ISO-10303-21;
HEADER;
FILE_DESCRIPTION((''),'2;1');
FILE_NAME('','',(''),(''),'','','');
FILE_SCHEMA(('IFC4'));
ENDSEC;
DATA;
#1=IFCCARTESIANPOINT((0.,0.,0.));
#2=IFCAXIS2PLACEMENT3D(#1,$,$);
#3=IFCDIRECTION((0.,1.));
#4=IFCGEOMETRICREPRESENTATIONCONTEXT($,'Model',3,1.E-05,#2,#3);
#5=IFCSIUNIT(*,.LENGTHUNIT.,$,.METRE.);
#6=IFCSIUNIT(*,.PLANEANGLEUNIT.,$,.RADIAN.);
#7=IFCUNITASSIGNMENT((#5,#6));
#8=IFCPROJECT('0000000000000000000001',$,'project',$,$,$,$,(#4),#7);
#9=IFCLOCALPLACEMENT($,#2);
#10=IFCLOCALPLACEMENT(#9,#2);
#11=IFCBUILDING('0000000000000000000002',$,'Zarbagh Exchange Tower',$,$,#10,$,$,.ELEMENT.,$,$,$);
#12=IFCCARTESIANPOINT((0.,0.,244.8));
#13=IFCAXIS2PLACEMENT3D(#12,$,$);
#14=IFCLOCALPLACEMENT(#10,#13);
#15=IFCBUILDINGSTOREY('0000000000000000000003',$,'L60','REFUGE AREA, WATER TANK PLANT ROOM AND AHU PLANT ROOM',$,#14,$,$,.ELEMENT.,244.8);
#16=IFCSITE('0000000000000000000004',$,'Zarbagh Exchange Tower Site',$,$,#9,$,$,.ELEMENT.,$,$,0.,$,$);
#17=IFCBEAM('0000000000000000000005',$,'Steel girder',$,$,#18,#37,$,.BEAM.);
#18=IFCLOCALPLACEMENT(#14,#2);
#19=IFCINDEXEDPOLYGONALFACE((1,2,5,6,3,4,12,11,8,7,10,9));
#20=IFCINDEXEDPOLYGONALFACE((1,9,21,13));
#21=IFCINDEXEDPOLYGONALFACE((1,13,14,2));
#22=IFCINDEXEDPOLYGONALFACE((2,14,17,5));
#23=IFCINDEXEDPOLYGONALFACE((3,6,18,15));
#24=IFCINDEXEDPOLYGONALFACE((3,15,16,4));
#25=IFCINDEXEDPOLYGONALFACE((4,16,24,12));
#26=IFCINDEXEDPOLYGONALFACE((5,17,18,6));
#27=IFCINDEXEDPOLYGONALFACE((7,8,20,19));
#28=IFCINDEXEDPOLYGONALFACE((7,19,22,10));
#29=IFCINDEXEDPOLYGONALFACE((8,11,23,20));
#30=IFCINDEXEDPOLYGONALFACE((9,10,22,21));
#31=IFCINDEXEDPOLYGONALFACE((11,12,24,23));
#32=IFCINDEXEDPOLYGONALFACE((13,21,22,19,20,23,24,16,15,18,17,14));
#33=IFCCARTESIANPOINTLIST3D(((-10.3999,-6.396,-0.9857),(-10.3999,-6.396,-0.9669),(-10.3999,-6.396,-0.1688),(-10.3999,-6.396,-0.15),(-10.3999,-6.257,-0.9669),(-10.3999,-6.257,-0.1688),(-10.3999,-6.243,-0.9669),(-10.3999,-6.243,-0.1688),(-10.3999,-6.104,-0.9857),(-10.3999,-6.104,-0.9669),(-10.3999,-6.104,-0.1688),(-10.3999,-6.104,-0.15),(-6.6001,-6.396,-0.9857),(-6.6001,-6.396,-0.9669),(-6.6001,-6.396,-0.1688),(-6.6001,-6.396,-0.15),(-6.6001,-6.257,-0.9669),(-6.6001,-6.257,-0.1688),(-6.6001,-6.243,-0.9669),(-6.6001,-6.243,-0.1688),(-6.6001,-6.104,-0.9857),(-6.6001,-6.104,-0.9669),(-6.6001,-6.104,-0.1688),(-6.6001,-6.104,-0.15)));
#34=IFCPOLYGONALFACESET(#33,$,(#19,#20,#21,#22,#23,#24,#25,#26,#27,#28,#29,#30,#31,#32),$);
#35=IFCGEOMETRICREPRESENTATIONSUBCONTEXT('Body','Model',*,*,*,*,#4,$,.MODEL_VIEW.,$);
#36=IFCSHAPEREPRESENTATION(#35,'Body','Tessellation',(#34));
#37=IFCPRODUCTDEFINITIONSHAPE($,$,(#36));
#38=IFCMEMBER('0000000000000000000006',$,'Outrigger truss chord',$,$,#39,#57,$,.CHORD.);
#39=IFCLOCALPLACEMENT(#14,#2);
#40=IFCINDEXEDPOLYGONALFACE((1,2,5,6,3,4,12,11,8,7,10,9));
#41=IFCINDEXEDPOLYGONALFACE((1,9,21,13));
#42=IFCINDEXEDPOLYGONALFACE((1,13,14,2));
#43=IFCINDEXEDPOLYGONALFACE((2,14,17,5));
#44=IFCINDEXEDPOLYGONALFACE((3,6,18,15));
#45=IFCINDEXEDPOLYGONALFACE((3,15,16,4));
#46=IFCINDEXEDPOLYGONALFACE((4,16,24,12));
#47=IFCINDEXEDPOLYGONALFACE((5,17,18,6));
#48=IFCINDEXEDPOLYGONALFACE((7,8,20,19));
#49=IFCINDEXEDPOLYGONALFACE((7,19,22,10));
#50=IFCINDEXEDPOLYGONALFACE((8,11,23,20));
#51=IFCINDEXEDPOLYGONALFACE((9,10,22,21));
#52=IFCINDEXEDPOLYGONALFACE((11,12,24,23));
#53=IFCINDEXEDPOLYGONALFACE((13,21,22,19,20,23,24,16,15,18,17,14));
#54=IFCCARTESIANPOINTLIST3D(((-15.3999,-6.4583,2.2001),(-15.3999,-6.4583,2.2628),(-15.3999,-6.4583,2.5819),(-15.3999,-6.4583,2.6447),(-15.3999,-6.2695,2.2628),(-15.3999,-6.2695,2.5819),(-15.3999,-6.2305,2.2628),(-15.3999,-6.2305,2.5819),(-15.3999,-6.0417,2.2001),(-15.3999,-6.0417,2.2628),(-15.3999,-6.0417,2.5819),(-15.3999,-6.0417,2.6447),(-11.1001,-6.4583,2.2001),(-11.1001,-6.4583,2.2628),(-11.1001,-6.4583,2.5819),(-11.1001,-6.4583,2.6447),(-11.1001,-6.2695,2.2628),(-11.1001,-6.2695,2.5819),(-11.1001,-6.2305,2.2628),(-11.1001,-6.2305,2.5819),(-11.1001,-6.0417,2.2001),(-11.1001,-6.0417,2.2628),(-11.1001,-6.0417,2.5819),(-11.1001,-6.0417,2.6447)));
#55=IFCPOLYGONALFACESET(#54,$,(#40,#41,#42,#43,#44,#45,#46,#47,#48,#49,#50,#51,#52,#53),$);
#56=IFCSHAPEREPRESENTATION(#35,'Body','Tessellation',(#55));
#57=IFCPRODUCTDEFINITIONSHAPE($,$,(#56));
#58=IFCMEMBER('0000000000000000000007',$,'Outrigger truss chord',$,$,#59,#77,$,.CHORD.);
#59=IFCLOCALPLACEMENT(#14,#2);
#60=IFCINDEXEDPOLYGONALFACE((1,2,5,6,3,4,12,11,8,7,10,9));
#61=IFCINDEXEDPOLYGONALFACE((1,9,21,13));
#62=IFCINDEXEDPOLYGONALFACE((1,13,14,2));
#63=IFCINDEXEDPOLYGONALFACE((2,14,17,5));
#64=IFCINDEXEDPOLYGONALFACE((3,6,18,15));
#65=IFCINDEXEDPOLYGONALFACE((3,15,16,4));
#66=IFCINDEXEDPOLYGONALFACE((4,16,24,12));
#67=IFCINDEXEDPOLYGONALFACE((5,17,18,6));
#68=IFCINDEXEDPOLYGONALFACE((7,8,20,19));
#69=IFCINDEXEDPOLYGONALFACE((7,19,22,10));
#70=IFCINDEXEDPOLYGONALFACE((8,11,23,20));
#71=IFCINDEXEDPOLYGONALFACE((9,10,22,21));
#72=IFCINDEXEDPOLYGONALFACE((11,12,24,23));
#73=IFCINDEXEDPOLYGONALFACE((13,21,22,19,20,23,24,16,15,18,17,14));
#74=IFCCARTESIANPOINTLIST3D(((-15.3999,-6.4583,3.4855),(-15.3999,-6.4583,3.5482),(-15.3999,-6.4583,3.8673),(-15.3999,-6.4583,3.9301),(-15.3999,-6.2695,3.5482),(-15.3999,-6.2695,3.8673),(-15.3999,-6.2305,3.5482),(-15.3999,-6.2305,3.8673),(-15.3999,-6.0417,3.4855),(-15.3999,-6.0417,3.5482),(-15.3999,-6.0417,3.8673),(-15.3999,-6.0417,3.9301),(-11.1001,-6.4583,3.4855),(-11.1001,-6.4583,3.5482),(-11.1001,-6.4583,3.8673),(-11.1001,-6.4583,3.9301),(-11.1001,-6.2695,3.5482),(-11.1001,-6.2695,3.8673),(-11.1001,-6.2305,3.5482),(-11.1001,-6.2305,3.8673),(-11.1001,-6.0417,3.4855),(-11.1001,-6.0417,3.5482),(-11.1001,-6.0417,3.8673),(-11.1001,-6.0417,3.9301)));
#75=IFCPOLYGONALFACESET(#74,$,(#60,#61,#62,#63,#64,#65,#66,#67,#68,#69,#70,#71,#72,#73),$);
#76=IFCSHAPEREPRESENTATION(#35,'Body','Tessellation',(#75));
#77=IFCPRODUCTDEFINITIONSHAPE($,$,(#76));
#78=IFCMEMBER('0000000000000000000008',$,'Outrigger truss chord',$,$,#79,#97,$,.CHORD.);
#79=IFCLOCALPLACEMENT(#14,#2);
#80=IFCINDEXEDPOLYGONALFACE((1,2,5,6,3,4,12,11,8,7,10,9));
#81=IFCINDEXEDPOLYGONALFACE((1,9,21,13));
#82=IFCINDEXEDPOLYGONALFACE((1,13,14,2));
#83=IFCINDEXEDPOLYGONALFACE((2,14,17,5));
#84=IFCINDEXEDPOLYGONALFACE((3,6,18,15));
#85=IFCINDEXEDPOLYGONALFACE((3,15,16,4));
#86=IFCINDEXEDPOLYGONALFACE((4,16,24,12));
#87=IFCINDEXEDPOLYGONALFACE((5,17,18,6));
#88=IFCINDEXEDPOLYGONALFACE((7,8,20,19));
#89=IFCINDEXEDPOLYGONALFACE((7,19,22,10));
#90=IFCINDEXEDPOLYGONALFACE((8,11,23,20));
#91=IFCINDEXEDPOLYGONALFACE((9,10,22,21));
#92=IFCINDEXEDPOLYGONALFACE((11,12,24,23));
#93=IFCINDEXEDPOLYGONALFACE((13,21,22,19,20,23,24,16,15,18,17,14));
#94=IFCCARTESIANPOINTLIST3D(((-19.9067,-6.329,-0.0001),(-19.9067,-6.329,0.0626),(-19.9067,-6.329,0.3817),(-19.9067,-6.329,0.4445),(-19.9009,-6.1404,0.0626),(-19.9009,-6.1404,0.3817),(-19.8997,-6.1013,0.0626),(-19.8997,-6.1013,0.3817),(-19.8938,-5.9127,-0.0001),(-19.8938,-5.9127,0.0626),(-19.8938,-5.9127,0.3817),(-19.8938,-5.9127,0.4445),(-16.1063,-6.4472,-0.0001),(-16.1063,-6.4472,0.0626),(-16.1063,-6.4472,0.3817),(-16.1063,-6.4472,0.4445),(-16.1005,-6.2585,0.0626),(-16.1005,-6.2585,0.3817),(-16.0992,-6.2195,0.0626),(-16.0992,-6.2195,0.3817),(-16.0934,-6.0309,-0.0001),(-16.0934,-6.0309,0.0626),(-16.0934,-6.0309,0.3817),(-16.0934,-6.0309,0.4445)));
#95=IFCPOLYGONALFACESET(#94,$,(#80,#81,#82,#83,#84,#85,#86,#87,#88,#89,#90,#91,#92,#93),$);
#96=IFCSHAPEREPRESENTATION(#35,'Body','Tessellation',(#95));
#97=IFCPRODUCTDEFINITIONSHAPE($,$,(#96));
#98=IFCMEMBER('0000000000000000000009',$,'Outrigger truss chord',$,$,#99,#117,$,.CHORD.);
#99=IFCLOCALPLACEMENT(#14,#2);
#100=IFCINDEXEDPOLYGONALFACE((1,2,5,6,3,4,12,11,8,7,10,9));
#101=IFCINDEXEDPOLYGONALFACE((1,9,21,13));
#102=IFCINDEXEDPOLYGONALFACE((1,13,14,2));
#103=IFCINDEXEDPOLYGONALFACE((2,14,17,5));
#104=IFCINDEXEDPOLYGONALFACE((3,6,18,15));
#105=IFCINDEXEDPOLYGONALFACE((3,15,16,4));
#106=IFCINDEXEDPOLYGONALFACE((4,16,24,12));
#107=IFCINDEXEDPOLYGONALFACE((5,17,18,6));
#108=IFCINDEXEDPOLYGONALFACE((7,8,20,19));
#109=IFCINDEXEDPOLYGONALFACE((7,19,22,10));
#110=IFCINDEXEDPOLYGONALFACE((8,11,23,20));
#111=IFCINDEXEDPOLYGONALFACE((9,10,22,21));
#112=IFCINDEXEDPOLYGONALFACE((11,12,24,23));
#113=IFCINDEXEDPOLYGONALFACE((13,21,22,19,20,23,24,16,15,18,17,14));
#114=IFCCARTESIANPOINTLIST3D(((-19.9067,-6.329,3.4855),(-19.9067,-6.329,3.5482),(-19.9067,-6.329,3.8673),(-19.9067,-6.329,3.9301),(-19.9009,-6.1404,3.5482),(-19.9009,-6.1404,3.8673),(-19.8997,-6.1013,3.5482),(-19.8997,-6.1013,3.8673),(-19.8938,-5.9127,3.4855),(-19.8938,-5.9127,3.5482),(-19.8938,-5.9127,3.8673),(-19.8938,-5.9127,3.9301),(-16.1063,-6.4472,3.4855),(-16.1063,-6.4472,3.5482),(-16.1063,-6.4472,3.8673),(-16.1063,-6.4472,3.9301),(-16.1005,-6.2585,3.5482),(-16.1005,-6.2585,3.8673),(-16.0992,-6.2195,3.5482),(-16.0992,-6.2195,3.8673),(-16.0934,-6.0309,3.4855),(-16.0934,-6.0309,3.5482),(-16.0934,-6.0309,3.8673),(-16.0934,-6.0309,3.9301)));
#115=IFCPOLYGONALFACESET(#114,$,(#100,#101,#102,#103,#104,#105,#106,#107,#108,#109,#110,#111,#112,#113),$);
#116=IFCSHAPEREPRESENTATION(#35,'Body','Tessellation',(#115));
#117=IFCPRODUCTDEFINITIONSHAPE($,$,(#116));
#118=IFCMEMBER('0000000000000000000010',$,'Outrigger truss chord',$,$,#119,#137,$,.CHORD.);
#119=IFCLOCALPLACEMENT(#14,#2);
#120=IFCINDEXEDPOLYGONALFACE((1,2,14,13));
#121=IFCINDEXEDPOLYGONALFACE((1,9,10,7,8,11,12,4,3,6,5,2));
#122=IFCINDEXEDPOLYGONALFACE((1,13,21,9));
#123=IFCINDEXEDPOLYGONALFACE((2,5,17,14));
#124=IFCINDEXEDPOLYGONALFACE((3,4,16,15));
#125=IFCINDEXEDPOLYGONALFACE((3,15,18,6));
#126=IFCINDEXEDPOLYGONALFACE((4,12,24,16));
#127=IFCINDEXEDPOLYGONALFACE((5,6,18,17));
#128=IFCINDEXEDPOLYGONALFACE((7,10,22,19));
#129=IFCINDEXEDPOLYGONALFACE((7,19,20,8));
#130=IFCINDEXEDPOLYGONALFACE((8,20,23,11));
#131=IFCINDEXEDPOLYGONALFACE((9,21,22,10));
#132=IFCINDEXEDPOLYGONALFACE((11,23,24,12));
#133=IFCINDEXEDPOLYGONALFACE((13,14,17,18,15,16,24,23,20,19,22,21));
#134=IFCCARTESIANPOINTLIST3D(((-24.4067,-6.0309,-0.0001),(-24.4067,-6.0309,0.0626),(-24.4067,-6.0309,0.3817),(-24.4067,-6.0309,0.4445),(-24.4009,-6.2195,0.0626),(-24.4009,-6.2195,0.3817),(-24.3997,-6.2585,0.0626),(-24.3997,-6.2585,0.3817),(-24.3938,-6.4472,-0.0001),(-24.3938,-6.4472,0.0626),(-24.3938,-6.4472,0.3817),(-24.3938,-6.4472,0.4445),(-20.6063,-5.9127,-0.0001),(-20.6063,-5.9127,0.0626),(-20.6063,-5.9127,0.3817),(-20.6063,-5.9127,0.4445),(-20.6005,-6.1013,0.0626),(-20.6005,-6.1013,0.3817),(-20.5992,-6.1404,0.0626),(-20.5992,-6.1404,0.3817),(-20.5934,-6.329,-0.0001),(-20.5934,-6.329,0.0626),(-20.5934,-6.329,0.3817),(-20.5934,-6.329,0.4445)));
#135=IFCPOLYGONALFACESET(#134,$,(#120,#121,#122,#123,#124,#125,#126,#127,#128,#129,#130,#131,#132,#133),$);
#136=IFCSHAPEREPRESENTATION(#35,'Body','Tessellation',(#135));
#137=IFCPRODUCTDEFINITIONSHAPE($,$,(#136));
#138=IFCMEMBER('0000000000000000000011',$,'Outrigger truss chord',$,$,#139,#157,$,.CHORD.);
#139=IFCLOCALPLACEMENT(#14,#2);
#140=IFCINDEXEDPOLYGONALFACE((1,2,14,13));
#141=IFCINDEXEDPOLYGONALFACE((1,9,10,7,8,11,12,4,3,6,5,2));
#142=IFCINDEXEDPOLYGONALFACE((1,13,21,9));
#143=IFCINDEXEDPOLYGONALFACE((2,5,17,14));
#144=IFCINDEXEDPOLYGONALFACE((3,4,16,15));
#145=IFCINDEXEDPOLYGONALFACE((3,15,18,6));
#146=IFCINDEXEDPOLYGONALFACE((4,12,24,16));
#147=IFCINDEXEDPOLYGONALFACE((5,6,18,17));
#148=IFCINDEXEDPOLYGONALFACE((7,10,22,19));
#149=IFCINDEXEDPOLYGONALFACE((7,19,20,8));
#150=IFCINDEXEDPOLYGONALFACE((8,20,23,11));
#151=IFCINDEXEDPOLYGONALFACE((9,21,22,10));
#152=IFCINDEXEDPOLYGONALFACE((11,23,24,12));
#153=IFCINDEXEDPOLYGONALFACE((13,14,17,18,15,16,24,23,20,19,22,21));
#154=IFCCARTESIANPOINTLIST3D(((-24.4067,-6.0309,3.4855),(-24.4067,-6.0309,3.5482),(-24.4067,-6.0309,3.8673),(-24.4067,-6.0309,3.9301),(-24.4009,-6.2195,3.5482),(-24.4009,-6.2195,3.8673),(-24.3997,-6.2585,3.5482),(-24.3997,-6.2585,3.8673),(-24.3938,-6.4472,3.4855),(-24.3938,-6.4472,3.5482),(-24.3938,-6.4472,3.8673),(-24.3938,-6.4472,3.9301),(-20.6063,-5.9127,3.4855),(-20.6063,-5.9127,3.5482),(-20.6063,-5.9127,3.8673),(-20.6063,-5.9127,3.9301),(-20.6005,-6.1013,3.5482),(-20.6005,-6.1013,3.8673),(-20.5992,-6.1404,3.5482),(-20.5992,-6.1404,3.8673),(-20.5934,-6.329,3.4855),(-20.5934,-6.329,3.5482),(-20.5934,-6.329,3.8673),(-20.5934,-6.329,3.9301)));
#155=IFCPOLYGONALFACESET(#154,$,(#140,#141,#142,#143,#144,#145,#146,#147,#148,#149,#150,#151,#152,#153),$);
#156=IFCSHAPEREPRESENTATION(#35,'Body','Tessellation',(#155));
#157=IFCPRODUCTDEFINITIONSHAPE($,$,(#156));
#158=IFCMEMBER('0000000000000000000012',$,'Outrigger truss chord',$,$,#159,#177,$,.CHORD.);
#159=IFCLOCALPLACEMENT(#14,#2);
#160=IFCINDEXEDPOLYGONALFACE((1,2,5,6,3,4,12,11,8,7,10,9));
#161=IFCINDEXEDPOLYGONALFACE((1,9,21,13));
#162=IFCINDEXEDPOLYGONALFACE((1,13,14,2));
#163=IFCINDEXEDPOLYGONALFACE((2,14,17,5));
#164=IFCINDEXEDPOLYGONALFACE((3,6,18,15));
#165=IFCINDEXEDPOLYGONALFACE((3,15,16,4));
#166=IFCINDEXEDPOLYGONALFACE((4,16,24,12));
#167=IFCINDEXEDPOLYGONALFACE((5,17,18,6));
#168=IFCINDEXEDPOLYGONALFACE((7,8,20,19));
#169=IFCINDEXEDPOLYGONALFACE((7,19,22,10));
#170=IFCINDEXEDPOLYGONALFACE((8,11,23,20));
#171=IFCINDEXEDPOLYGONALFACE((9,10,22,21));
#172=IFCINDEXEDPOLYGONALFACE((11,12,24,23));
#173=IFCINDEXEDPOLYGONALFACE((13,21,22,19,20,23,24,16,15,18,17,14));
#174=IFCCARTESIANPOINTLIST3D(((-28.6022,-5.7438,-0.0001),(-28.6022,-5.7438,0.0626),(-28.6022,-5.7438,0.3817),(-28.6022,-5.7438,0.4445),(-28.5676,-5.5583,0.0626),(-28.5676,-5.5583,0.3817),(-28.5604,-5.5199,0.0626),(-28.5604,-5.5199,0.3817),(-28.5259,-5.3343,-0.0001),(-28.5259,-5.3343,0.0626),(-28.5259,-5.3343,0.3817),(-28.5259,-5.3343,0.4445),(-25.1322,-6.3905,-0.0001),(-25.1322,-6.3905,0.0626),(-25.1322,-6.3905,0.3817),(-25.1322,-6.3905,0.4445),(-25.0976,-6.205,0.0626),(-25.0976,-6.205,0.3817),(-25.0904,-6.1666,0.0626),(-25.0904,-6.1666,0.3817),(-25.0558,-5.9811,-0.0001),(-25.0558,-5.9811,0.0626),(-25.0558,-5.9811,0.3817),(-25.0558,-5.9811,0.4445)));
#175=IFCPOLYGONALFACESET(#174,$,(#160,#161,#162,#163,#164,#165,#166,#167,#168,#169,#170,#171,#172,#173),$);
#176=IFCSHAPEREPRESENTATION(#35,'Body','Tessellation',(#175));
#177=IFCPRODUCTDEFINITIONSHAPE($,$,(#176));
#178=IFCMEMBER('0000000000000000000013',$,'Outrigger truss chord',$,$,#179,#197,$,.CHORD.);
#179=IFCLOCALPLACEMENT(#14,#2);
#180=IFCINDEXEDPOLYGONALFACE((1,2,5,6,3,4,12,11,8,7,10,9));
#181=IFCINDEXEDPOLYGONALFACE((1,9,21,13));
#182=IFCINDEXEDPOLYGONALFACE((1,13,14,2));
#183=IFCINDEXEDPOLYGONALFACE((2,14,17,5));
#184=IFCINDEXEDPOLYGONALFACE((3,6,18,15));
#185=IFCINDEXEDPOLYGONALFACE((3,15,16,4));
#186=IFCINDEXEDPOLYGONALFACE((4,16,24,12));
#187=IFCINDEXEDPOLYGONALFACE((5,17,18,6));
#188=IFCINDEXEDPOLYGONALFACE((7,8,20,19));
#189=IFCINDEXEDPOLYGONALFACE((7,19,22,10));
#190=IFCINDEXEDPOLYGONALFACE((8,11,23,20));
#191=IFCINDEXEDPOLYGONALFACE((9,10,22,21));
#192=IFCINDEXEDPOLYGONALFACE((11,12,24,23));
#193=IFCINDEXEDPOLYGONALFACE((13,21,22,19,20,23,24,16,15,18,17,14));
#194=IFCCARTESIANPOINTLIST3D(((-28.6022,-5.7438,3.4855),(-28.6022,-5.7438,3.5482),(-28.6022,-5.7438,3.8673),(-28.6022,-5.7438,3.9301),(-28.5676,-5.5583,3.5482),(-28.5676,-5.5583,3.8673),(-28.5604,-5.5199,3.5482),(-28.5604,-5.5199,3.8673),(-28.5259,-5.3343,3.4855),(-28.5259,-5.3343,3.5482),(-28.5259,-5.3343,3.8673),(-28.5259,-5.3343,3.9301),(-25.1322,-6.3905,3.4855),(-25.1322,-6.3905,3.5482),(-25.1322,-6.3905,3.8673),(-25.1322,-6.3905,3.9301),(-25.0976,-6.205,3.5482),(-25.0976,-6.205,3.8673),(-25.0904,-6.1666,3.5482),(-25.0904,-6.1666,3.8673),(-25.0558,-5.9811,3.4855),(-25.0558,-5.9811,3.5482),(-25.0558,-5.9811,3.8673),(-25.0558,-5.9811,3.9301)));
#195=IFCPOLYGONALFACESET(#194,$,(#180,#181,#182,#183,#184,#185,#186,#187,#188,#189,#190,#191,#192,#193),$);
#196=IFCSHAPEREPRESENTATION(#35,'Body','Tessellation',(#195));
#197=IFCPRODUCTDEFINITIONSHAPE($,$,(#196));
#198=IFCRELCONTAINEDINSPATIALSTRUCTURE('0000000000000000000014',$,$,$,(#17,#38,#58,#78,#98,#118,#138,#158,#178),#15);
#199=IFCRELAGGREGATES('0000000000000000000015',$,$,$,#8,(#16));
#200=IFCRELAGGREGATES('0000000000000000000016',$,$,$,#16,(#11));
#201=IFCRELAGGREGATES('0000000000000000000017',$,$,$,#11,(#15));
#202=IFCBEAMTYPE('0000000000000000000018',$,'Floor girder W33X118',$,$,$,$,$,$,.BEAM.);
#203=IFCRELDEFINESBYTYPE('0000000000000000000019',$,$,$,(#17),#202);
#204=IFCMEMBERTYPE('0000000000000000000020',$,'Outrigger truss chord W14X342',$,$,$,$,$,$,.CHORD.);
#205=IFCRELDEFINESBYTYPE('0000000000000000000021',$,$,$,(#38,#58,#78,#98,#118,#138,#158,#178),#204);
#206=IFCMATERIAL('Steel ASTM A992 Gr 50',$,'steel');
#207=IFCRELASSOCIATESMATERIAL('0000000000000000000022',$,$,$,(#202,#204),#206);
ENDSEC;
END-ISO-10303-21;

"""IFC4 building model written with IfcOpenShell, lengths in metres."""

from ifc_helpers import new_model, si_unit, direction, frame, origin, origin_2d, place, context, subcontext, project, spatial, i_section, extrude, material, material_profile, profile_set, type_object, element, save


model = new_model("IFC4")

# Units and contexts
model_context = context("Model", 3, precision=1e-05, world=origin(), true_north=direction((0.0, 1.0)))
body_context = subcontext(model_context, "Body", "Model", "MODEL_VIEW")
ifc_project = project(units=[si_unit("LENGTHUNIT", "METRE"), si_unit("PLANEANGLEUNIT", "RADIAN")], contexts=[model_context])

# Site, building, storey
site_placement = place(None, origin())
site = spatial("IfcSite", under=ifc_project, at=site_placement, Name="Zarbagh Exchange Tower Site", CompositionType="ELEMENT", RefElevation=0.0)
building_placement = place(site_placement, origin())
building = spatial("IfcBuilding", under=site, at=building_placement, Name="Zarbagh Exchange Tower", CompositionType="ELEMENT")
storey_placement = place(building_placement, frame((0.0, 0.0, 244.8)))
storey = spatial("IfcBuildingStorey", under=building, at=storey_placement, Name="L60", Description="REFUGE AREA, WATER TANK PLANT ROOM AND AHU PLANT ROOM", CompositionType="ELEMENT", Elevation=244.8)

# Shared definitions
ifc_material_1 = material(Name="Steel ASTM A992 Gr 50", Category="steel")

# Beam
ifc_material_profile_1 = material_profile(ifc_material_1, i_section(OverallWidth=0.292, OverallDepth=0.8357, WebThickness=0.0139, FlangeThickness=0.0188, at=origin_2d()), Name="W33X118")
ifc_profile_set_1 = profile_set([ifc_material_profile_1], Name="Steel ASTM A992 Gr 50")
beam_type_1 = type_object("IfcBeamType", Name="Floor girder W33X118", PredefinedType="BEAM", material=ifc_profile_set_1)
beam_1_placement = place(storey_placement, frame((-10.3999, -6.25, -0.5679), z_axis=(1.0, 0.0, 0.0), x_axis=(0.0, 1.0, 0.0)))
element("IfcBeam", 1, at=beam_1_placement, inside=storey, type_object=beam_type_1, Name="Steel girder", PredefinedType="BEAM", context=body_context, shape_type="SweptSolid", body=[
    extrude(i_section(OverallWidth=0.292, OverallDepth=0.8357, WebThickness=0.0139, FlangeThickness=0.0188, at=origin_2d()), origin(), (0.0, 0.0, 1.0), 3.7998),
])

# Members
ifc_material_profile_2 = material_profile(ifc_material_1, i_section(OverallWidth=0.4165, OverallDepth=0.4446, WebThickness=0.0391, FlangeThickness=0.0627, at=origin_2d()), Name="W14X342")
ifc_profile_set_2 = profile_set([ifc_material_profile_2], Name="Steel ASTM A992 Gr 50")
member_type_1 = type_object("IfcMemberType", Name="Outrigger truss chord W14X342", PredefinedType="CHORD", material=ifc_profile_set_2)
for number, where, z_axis, x_axis, name in (
    (2, (-11.1001, -6.25, 2.4224), (-1.0, 0.0, 0.0), (0.0, -1.0, 0.0), "Outrigger truss chord"),
    (3, (-11.1001, -6.25, 3.7078), (-1.0, 0.0, 0.0), (0.0, -1.0, 0.0), "Outrigger truss chord"),
):
    element("IfcMember", number, at=place(storey_placement, frame(where, z_axis=z_axis, x_axis=x_axis)), inside=storey, type_object=member_type_1, Name=name, PredefinedType="CHORD", context=body_context, shape_type="SweptSolid", body=[
        extrude(i_section(OverallWidth=0.4165, OverallDepth=0.4446, WebThickness=0.0391, FlangeThickness=0.0627, at=origin_2d()), origin(), (0.0, 0.0, 1.0), 4.2998),
    ])
for number, where, z_axis, x_axis, name in (
    (4, (-16.0999, -6.239, 0.2222), (-0.999517, 0.031078, 0.0), (-0.031078, -0.999517, 0.0), "Outrigger truss chord"),
    (5, (-16.0999, -6.239, 3.7078), (-0.999517, 0.031078, 0.0), (-0.031078, -0.999517, 0.0), "Outrigger truss chord"),
    (6, (-20.5999, -6.1208, 0.2222), (-0.999517, -0.031078, 0.0), (0.031078, -0.999517, 0.0), "Outrigger truss chord"),
    (7, (-20.5999, -6.1208, 3.7078), (-0.999517, -0.031078, 0.0), (0.031078, -0.999517, 0.0), "Outrigger truss chord"),
):
    element("IfcMember", number, at=place(storey_placement, frame(where, z_axis=z_axis, x_axis=x_axis)), inside=storey, type_object=member_type_1, Name=name, PredefinedType="CHORD", context=body_context, shape_type="SweptSolid", body=[
        extrude(i_section(OverallWidth=0.4165, OverallDepth=0.4446, WebThickness=0.0391, FlangeThickness=0.0627, at=origin_2d()), origin(), (0.0, 0.0, 1.0), 3.8022),
    ])
for number, where, z_axis, x_axis, name in (
    (8, (-25.094, -6.1858, 0.2222), (-0.983071, 0.183224, 0.0), (-0.183224, -0.983071, 0.0), "Outrigger truss chord"),
    (9, (-25.094, -6.1858, 3.7078), (-0.983071, 0.183224, 0.0), (-0.183224, -0.983071, 0.0), "Outrigger truss chord"),
):
    element("IfcMember", number, at=place(storey_placement, frame(where, z_axis=z_axis, x_axis=x_axis)), inside=storey, type_object=member_type_1, Name=name, PredefinedType="CHORD", context=body_context, shape_type="SweptSolid", body=[
        extrude(i_section(OverallWidth=0.4165, OverallDepth=0.4446, WebThickness=0.0391, FlangeThickness=0.0627, at=origin_2d()), origin(), (0.0, 0.0, 1.0), 3.5298),
    ])

save(model, "model.ifc")
